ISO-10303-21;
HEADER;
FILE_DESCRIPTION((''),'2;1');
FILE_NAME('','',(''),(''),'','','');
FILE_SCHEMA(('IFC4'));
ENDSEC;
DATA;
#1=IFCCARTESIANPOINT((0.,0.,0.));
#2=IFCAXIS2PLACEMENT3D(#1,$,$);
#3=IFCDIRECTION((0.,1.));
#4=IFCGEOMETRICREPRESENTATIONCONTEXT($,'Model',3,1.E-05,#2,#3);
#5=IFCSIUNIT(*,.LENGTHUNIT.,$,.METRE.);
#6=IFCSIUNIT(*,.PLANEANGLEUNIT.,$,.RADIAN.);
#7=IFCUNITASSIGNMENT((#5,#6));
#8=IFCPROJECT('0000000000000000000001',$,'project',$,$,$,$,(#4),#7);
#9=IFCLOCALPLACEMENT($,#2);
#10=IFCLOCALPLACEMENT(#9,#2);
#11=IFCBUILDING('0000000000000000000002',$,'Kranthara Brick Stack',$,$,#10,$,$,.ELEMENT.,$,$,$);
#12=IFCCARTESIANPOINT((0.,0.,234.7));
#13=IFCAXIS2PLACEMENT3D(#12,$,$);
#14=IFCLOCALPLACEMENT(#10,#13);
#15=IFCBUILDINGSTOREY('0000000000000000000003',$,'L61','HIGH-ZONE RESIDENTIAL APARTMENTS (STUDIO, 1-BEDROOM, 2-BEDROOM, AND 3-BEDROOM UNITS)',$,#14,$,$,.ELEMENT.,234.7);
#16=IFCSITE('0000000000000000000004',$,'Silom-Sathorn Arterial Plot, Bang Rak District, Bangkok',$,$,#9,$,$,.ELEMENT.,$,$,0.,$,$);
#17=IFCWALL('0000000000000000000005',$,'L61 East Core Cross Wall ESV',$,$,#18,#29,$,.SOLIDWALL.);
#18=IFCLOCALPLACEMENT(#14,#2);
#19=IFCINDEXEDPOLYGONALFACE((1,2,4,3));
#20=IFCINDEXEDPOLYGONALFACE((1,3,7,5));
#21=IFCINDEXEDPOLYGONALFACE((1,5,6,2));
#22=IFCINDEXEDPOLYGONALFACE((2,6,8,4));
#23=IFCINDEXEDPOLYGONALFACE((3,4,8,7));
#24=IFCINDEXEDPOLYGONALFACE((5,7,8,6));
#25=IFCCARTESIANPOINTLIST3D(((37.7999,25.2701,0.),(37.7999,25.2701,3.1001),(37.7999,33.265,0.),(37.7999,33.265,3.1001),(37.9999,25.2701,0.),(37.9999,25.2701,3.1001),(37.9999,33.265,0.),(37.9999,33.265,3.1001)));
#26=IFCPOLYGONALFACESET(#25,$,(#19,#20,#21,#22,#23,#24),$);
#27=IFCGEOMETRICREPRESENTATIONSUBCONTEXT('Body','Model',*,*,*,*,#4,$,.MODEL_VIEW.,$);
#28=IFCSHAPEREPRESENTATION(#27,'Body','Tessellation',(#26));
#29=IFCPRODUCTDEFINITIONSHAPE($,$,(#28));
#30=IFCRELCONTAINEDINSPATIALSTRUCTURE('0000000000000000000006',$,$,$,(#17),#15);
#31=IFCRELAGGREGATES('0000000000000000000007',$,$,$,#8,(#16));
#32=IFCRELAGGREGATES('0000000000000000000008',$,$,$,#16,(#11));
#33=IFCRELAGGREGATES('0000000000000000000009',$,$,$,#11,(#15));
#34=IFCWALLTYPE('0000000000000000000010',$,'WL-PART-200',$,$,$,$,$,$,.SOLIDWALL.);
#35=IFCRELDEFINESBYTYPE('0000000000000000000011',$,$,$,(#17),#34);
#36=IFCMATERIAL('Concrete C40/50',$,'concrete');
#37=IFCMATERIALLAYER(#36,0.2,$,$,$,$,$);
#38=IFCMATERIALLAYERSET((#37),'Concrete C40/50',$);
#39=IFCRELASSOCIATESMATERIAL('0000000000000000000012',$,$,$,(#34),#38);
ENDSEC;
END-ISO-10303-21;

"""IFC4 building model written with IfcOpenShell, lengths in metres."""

from ifc_helpers import new_model, si_unit, direction, frame, frame_2d, origin, place, context, subcontext, project, spatial, rectangle, extrude, material, layer, layer_set, type_object, element, save


model = new_model("IFC4")

# Units and contexts
model_context = context("Model", 3, precision=1e-05, world=origin(), true_north=direction((0.0, 1.0)))
body_context = subcontext(model_context, "Body", "Model", "MODEL_VIEW")
ifc_project = project(units=[si_unit("LENGTHUNIT", "METRE"), si_unit("PLANEANGLEUNIT", "RADIAN")], contexts=[model_context])

# Site, building, storey
site_placement = place(None, origin())
site = spatial("IfcSite", under=ifc_project, at=site_placement, Name="Silom-Sathorn Arterial Plot, Bang Rak District, Bangkok", CompositionType="ELEMENT", RefElevation=0.0)
building_placement = place(site_placement, origin())
building = spatial("IfcBuilding", under=site, at=building_placement, Name="Kranthara Brick Stack", CompositionType="ELEMENT")
storey_placement = place(building_placement, frame((0.0, 0.0, 234.7)))
storey = spatial("IfcBuildingStorey", under=building, at=storey_placement, Name="L61", Description="HIGH-ZONE RESIDENTIAL APARTMENTS (STUDIO, 1-BEDROOM, 2-BEDROOM, AND 3-BEDROOM UNITS)", CompositionType="ELEMENT", Elevation=234.7)

# Wall
ifc_material_1 = material(Name="Concrete C40/50", Category="concrete")
ifc_layer_1 = layer(ifc_material_1, 0.2)
ifc_layer_set_1 = layer_set([ifc_layer_1], Name="Concrete C40/50")
wall_type_1 = type_object("IfcWallType", Name="WL-PART-200", PredefinedType="SOLIDWALL", material=ifc_layer_set_1)
wall_1_placement = place(storey_placement, frame((37.8999, 25.27, 0.0), z_axis=(0.0, 0.0, 1.0), x_axis=(0.0, 1.0, 0.0)))
element("IfcWall", 1, at=wall_1_placement, inside=storey, type_object=wall_type_1, Name="L61 East Core Cross Wall ESV", PredefinedType="SOLIDWALL", context=body_context, shape_type="SweptSolid", body=[
    extrude(rectangle(XDim=7.9949, YDim=0.2, at=frame_2d((3.9976, 0.0))), origin(), (0.0, 0.0, 1.0), 3.1001),
])

save(model, "model.ifc")
